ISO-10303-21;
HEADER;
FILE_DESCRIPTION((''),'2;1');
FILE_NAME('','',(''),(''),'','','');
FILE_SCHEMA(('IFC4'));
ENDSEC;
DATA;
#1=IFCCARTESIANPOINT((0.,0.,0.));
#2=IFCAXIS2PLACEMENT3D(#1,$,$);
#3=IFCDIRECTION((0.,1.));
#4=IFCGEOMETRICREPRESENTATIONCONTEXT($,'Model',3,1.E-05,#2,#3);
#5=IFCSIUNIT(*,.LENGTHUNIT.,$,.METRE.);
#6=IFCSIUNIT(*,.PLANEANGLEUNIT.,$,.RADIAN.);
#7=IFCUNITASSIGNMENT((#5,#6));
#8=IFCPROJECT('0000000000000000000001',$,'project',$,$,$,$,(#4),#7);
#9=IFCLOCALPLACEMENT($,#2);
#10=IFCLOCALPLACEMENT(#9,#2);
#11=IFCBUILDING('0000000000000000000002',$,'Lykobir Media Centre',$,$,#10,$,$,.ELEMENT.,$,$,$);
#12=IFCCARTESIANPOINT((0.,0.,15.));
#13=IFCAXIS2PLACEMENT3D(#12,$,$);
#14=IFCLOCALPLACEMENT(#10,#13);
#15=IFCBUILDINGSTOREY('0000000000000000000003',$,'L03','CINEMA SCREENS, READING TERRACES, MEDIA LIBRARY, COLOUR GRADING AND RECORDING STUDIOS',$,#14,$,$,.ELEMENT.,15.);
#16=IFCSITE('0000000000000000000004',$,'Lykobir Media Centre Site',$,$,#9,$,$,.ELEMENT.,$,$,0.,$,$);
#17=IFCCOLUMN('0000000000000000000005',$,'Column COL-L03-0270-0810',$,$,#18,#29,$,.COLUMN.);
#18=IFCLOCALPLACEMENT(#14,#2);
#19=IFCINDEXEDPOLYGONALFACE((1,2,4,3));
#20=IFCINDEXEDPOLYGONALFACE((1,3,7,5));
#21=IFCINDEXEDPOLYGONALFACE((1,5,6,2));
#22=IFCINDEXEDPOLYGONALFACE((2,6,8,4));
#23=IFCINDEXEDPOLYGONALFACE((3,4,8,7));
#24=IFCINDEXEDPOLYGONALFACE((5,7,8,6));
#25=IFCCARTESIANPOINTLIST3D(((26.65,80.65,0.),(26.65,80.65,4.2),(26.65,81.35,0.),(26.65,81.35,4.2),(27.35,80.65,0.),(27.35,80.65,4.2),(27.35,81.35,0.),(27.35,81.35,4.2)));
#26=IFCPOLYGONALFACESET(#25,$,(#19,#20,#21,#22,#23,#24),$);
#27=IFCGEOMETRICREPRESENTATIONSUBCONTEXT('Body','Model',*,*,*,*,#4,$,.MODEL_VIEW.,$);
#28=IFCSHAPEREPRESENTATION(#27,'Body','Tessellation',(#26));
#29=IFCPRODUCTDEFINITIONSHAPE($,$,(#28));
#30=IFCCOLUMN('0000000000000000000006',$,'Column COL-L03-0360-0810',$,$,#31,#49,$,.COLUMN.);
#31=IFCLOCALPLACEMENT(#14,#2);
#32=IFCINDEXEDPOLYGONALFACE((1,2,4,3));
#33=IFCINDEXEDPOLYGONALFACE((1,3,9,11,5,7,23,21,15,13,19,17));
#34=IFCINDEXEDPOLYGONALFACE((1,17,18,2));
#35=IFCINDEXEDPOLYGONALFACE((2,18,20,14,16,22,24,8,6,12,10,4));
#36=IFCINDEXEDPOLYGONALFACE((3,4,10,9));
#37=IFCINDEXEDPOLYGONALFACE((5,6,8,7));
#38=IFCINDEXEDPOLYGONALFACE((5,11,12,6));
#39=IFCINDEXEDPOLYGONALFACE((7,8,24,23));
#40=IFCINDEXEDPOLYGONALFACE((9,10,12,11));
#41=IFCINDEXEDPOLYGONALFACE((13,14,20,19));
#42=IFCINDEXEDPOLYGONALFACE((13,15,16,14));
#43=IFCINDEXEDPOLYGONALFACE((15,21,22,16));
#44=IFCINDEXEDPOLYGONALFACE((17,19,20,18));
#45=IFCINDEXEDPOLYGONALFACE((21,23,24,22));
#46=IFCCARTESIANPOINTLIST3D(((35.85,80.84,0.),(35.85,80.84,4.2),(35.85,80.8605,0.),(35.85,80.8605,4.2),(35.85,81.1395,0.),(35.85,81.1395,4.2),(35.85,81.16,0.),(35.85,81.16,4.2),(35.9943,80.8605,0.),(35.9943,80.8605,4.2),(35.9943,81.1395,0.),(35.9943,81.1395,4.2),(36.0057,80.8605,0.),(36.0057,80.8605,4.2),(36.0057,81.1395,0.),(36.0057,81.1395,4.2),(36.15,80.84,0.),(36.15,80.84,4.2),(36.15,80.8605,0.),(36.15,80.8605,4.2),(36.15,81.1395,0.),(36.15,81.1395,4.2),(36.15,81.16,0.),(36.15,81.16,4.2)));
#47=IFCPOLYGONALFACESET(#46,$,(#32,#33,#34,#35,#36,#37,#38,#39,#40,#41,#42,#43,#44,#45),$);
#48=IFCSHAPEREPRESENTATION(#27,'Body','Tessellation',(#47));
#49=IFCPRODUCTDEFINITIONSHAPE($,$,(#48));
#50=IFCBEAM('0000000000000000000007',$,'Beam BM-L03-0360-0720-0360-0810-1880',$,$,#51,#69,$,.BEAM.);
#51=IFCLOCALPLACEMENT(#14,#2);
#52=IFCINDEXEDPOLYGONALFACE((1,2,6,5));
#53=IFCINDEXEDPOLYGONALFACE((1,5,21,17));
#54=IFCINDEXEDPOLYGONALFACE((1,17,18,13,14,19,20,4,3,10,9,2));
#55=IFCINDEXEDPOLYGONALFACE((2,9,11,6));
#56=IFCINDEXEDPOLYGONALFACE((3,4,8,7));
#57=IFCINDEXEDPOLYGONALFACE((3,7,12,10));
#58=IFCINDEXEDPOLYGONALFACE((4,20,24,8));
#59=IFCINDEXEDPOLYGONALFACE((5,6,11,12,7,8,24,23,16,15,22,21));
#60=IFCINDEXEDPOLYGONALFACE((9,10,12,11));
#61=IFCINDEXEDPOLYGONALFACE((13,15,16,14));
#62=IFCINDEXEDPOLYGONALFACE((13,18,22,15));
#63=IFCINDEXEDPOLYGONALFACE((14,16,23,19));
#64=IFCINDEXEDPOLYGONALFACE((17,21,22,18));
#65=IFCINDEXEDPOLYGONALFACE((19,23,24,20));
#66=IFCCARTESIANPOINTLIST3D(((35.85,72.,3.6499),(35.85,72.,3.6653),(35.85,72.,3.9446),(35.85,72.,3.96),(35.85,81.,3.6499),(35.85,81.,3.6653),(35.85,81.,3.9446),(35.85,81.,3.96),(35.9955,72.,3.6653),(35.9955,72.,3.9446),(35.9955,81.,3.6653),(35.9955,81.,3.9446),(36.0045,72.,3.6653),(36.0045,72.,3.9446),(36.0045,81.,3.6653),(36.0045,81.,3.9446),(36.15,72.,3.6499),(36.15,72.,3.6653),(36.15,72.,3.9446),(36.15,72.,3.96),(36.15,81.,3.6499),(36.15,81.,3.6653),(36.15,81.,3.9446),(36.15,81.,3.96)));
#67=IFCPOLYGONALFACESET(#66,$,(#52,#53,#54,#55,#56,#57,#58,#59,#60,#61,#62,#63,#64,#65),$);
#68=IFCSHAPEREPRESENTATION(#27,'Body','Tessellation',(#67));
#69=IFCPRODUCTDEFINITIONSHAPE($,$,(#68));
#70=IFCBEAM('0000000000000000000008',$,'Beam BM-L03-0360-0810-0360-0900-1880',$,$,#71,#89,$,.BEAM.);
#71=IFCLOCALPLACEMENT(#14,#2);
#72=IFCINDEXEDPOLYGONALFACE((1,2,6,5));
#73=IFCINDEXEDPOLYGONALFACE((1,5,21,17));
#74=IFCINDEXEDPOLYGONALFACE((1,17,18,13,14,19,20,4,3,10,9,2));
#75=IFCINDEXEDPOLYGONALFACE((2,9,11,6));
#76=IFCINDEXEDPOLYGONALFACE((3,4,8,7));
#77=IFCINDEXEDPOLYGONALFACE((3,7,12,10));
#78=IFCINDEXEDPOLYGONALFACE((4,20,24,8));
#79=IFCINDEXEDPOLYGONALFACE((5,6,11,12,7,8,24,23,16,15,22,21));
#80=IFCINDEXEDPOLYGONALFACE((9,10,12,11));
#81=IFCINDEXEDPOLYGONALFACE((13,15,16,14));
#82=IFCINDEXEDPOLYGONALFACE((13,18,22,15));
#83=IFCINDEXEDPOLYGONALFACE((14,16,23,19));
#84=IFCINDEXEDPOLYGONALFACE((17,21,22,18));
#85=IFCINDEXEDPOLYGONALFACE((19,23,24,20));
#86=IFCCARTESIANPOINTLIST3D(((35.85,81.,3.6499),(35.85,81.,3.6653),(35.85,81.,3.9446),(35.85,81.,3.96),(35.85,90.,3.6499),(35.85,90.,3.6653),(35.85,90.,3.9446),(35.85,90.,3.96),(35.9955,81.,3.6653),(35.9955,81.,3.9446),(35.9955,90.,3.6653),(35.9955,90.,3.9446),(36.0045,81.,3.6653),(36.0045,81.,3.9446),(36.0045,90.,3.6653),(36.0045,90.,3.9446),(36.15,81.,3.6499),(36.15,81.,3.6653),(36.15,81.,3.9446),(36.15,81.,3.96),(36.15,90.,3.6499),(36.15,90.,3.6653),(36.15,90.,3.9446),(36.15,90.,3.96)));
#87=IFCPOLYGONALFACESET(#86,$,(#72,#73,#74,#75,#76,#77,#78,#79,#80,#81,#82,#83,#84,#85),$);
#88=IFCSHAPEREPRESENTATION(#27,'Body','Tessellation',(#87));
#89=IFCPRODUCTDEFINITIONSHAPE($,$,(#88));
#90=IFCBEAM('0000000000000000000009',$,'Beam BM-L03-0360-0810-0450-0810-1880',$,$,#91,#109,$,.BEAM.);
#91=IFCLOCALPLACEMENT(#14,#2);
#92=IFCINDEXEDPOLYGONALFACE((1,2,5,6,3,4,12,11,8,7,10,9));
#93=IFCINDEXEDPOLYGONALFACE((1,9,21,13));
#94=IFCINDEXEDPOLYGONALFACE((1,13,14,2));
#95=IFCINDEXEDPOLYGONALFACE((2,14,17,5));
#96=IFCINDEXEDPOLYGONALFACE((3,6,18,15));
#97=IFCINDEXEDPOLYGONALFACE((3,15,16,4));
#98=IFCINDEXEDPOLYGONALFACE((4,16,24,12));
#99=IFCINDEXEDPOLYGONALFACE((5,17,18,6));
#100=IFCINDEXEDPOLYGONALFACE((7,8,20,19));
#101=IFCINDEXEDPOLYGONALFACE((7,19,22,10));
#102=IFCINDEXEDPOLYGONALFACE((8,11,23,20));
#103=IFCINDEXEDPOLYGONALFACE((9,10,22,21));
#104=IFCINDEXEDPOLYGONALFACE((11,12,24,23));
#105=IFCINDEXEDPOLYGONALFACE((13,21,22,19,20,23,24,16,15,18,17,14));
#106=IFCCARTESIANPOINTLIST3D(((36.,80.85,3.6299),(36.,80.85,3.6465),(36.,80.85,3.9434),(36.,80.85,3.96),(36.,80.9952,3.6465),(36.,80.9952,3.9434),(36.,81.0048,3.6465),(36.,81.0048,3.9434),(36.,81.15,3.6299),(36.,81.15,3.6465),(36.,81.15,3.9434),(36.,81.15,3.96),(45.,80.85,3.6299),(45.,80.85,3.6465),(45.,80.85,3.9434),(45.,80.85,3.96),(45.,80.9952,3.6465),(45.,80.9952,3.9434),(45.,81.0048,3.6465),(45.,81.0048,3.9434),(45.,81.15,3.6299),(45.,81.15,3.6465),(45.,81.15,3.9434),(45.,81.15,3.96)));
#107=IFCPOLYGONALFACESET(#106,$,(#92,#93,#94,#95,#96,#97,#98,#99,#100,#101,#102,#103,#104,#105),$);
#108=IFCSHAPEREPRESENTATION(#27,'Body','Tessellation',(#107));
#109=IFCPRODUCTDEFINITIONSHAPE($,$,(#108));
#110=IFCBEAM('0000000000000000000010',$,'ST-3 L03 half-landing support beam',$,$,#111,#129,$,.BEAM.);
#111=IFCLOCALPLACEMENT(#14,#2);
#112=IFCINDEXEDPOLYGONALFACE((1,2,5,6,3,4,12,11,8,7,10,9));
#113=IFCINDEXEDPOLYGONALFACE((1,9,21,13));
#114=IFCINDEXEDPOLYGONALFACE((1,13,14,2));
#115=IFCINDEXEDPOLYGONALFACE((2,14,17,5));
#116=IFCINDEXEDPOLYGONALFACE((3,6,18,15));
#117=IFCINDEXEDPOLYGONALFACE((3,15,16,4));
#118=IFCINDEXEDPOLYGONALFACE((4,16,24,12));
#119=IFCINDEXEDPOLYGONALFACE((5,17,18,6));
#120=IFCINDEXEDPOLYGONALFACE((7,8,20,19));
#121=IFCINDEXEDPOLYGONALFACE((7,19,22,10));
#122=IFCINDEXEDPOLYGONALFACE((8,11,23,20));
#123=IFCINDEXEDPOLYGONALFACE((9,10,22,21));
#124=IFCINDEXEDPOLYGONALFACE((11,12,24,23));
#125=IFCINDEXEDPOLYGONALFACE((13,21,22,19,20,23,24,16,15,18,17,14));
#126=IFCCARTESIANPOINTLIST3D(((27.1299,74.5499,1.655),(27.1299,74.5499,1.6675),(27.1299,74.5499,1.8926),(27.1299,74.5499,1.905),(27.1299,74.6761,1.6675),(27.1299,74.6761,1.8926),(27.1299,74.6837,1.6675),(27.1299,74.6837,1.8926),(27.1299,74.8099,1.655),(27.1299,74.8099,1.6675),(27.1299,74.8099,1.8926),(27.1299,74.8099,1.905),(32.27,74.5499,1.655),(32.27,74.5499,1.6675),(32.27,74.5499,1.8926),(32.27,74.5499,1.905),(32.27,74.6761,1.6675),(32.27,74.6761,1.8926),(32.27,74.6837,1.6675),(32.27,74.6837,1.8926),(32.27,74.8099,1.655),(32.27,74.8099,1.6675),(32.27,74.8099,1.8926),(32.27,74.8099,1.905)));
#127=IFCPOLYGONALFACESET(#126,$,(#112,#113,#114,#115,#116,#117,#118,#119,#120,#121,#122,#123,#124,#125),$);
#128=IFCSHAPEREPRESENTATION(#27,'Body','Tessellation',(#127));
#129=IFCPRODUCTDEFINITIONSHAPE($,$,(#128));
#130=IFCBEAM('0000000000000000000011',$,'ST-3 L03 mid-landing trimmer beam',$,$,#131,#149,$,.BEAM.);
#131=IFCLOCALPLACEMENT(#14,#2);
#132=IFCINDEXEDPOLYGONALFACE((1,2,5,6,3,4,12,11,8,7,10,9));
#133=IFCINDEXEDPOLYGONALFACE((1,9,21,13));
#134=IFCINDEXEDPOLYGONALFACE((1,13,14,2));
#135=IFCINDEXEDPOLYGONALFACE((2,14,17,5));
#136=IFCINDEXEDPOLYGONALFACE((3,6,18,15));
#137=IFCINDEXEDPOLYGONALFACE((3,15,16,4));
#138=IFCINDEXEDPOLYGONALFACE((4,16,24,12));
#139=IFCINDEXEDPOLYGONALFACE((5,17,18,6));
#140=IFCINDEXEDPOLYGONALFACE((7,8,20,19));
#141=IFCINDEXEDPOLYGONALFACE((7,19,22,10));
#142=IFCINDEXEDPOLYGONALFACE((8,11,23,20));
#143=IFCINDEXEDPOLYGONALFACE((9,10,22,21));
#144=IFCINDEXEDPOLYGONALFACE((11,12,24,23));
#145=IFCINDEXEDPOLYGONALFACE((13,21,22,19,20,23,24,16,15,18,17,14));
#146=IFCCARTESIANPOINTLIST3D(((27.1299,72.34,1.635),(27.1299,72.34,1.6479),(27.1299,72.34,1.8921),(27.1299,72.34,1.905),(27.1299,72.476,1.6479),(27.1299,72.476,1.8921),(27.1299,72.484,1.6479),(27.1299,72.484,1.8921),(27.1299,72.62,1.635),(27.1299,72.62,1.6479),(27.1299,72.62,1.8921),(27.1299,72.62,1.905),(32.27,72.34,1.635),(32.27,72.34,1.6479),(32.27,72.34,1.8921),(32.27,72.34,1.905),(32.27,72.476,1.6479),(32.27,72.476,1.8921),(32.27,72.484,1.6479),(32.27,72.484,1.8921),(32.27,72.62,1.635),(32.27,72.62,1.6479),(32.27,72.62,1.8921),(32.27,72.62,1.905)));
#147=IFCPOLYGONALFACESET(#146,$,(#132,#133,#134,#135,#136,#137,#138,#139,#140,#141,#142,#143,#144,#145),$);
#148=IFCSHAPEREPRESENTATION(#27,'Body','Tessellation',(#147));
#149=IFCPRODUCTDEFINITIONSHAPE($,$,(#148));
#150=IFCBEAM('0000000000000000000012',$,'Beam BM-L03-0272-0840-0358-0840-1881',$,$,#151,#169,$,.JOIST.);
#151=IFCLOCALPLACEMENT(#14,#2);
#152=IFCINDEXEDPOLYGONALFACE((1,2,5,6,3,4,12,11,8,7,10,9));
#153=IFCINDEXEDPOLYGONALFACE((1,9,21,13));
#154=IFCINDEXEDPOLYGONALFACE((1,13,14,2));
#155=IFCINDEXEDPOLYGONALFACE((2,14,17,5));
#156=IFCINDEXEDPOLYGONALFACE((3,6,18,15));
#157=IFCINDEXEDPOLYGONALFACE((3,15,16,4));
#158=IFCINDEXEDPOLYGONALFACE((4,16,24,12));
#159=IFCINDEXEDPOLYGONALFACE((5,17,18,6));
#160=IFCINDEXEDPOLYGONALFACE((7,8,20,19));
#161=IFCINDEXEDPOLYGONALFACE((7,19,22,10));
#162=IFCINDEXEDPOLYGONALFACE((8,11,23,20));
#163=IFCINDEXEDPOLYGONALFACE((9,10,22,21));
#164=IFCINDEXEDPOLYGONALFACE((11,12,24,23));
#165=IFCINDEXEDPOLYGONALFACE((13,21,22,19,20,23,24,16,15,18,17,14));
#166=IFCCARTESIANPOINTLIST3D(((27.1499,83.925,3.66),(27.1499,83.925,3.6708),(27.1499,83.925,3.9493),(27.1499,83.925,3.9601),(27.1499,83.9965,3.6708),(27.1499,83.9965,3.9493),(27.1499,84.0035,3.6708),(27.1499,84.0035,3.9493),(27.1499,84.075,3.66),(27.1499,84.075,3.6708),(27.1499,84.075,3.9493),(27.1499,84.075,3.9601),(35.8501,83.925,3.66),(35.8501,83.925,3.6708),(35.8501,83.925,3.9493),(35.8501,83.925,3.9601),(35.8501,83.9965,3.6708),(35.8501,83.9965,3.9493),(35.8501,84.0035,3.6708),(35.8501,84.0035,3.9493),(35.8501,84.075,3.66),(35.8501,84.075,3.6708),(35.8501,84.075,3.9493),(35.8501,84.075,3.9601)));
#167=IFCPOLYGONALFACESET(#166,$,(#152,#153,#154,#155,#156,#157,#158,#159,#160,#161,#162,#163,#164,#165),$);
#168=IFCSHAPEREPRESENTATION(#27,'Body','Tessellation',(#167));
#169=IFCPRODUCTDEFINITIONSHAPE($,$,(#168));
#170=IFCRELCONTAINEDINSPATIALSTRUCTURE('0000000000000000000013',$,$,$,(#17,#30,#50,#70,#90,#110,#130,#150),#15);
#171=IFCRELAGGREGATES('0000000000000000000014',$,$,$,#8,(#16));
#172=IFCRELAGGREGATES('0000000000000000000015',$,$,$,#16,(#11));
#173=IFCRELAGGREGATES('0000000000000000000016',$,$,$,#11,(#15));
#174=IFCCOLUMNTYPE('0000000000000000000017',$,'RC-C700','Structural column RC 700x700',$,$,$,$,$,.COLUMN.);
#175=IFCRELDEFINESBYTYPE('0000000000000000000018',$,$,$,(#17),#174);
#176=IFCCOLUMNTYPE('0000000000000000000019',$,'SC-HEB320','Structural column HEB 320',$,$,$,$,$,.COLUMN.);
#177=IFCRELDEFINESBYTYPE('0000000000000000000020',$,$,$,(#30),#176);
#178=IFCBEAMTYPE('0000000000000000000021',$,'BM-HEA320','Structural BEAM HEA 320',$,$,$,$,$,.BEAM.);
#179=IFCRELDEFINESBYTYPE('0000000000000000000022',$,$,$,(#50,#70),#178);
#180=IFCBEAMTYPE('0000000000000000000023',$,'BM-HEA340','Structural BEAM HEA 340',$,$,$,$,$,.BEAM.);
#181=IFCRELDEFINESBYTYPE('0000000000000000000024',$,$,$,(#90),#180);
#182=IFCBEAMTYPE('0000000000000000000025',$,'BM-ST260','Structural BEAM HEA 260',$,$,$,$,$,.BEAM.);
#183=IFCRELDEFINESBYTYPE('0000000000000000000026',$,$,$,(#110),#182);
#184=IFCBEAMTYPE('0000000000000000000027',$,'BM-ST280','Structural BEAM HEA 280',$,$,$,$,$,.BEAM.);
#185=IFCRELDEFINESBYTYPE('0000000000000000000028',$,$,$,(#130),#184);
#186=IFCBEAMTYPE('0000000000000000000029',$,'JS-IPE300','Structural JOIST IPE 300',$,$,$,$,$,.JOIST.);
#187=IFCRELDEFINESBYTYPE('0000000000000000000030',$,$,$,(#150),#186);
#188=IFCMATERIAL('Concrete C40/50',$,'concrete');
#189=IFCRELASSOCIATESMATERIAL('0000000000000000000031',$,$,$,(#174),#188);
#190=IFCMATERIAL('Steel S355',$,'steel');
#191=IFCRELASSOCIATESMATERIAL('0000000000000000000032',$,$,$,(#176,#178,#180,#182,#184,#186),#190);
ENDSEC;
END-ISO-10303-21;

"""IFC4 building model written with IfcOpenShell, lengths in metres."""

from ifc_helpers import new_model, si_unit, direction, frame, origin, origin_2d, place, context, subcontext, project, spatial, rectangle, i_section, extrude, material, material_profile, profile_set, type_object, element, save


model = new_model("IFC4")

# Units and contexts
model_context = context("Model", 3, precision=1e-05, world=origin(), true_north=direction((0.0, 1.0)))
body_context = subcontext(model_context, "Body", "Model", "MODEL_VIEW")
ifc_project = project(units=[si_unit("LENGTHUNIT", "METRE"), si_unit("PLANEANGLEUNIT", "RADIAN")], contexts=[model_context])

# Site, building, storey
site_placement = place(None, origin())
site = spatial("IfcSite", under=ifc_project, at=site_placement, Name="Lykobir Media Centre Site", CompositionType="ELEMENT", RefElevation=0.0)
building_placement = place(site_placement, origin())
building = spatial("IfcBuilding", under=site, at=building_placement, Name="Lykobir Media Centre", CompositionType="ELEMENT")
storey_placement = place(building_placement, frame((0.0, 0.0, 15.0)))
storey = spatial("IfcBuildingStorey", under=building, at=storey_placement, Name="L03", Description="CINEMA SCREENS, READING TERRACES, MEDIA LIBRARY, COLOUR GRADING AND RECORDING STUDIOS", CompositionType="ELEMENT", Elevation=15.0)

# Columns
ifc_material_1 = material(Name="Concrete C40/50", Category="concrete")
ifc_material_profile_1 = material_profile(ifc_material_1, rectangle(XDim=0.7, YDim=0.7, at=origin_2d()), Name="RC 700x700")
ifc_profile_set_1 = profile_set([ifc_material_profile_1], Name="Concrete C40/50")
column_type_1 = type_object("IfcColumnType", Name="RC-C700", Description="Structural column RC 700x700", PredefinedType="COLUMN", material=ifc_profile_set_1)
column_1_placement = place(storey_placement, frame((27.0, 81.0, 0.0), z_axis=(0.0, 0.0, 1.0), x_axis=(1.0, 0.0, 0.0)))
element("IfcColumn", 1, at=column_1_placement, inside=storey, type_object=column_type_1, Name="Column COL-L03-0270-0810", PredefinedType="COLUMN", context=body_context, shape_type="SweptSolid", body=[
    extrude(rectangle(XDim=0.7, YDim=0.7, at=origin_2d()), origin(), (0.0, 0.0, 1.0), 4.2),
])
ifc_material_2 = material(Name="Steel S355", Category="steel")
ifc_material_profile_2 = material_profile(ifc_material_2, i_section(OverallWidth=0.3, OverallDepth=0.3201, WebThickness=0.0115, FlangeThickness=0.0205, at=origin_2d()), Name="HEB 320")
ifc_profile_set_2 = profile_set([ifc_material_profile_2], Name="Steel S355")
column_type_2 = type_object("IfcColumnType", Name="SC-HEB320", Description="Structural column HEB 320", PredefinedType="COLUMN", material=ifc_profile_set_2)
column_2_placement = place(storey_placement, frame((36.0, 81.0, 0.0), z_axis=(0.0, 0.0, 1.0), x_axis=(1.0, 0.0, 0.0)))
element("IfcColumn", 2, at=column_2_placement, inside=storey, type_object=column_type_2, Name="Column COL-L03-0360-0810", PredefinedType="COLUMN", context=body_context, shape_type="SweptSolid", body=[
    extrude(i_section(OverallWidth=0.3, OverallDepth=0.3201, WebThickness=0.0115, FlangeThickness=0.0205, at=origin_2d()), origin(), (0.0, 0.0, 1.0), 4.2),
])

# Beams
ifc_material_profile_3 = material_profile(ifc_material_2, i_section(OverallWidth=0.3, OverallDepth=0.3101, WebThickness=0.009, FlangeThickness=0.0154, at=origin_2d()), Name="HEA 320")
ifc_profile_set_3 = profile_set([ifc_material_profile_3], Name="Steel S355")
beam_type_1 = type_object("IfcBeamType", Name="BM-HEA320", Description="Structural BEAM HEA 320", PredefinedType="BEAM", material=ifc_profile_set_3)
for number, where, z_axis, x_axis, name in (
    (3, (36.0, 72.0, 3.8049), (0.0, 1.0, 0.0), (-1.0, 0.0, 0.0), "Beam BM-L03-0360-0720-0360-0810-1880"),
    (4, (36.0, 81.0, 3.8049), (0.0, 1.0, 0.0), (-1.0, 0.0, 0.0), "Beam BM-L03-0360-0810-0360-0900-1880"),
):
    element("IfcBeam", number, at=place(storey_placement, frame(where, z_axis=z_axis, x_axis=x_axis)), inside=storey, type_object=beam_type_1, Name=name, PredefinedType="BEAM", context=body_context, shape_type="SweptSolid", body=[
        extrude(i_section(OverallWidth=0.3, OverallDepth=0.3101, WebThickness=0.009, FlangeThickness=0.0154, at=origin_2d()), origin(), (0.0, 0.0, 1.0), 9.0),
    ])
ifc_material_profile_4 = material_profile(ifc_material_2, i_section(OverallWidth=0.3, OverallDepth=0.3301, WebThickness=0.0095, FlangeThickness=0.0166, at=origin_2d()), Name="HEA 340")
ifc_profile_set_4 = profile_set([ifc_material_profile_4], Name="Steel S355")
beam_type_2 = type_object("IfcBeamType", Name="BM-HEA340", Description="Structural BEAM HEA 340", PredefinedType="BEAM", material=ifc_profile_set_4)
beam_1_placement = place(storey_placement, frame((36.0, 81.0, 3.7949), z_axis=(1.0, 0.0, 0.0), x_axis=(0.0, 1.0, 0.0)))
element("IfcBeam", 5, at=beam_1_placement, inside=storey, type_object=beam_type_2, Name="Beam BM-L03-0360-0810-0450-0810-1880", PredefinedType="BEAM", context=body_context, shape_type="SweptSolid", body=[
    extrude(i_section(OverallWidth=0.3, OverallDepth=0.3301, WebThickness=0.0095, FlangeThickness=0.0166, at=origin_2d()), origin(), (0.0, 0.0, 1.0), 9.0),
])
ifc_material_profile_5 = material_profile(ifc_material_2, i_section(OverallWidth=0.26, OverallDepth=0.25, WebThickness=0.0076, FlangeThickness=0.0125, at=origin_2d()), Name="HEA 260")
ifc_profile_set_5 = profile_set([ifc_material_profile_5], Name="Steel S355")
beam_type_3 = type_object("IfcBeamType", Name="BM-ST260", Description="Structural BEAM HEA 260", PredefinedType="BEAM", material=ifc_profile_set_5)
beam_2_placement = place(storey_placement, frame((27.1299, 74.6799, 1.78), z_axis=(1.0, 0.0, 0.0), x_axis=(0.0, 1.0, 0.0)))
element("IfcBeam", 6, at=beam_2_placement, inside=storey, type_object=beam_type_3, Name="ST-3 L03 half-landing support beam", PredefinedType="BEAM", context=body_context, shape_type="SweptSolid", body=[
    extrude(i_section(OverallWidth=0.26, OverallDepth=0.25, WebThickness=0.0076, FlangeThickness=0.0125, at=origin_2d()), origin(), (0.0, 0.0, 1.0), 5.1401),
])
ifc_material_profile_6 = material_profile(ifc_material_2, i_section(OverallWidth=0.28, OverallDepth=0.27, WebThickness=0.0081, FlangeThickness=0.0129, at=origin_2d()), Name="HEA 280")
ifc_profile_set_6 = profile_set([ifc_material_profile_6], Name="Steel S355")
beam_type_4 = type_object("IfcBeamType", Name="BM-ST280", Description="Structural BEAM HEA 280", PredefinedType="BEAM", material=ifc_profile_set_6)
beam_3_placement = place(storey_placement, frame((27.1299, 72.48, 1.77), z_axis=(1.0, 0.0, 0.0), x_axis=(0.0, 1.0, 0.0)))
element("IfcBeam", 7, at=beam_3_placement, inside=storey, type_object=beam_type_4, Name="ST-3 L03 mid-landing trimmer beam", PredefinedType="BEAM", context=body_context, shape_type="SweptSolid", body=[
    extrude(i_section(OverallWidth=0.28, OverallDepth=0.27, WebThickness=0.0081, FlangeThickness=0.0129, at=origin_2d()), origin(), (0.0, 0.0, 1.0), 5.1401),
])
ifc_material_profile_7 = material_profile(ifc_material_2, i_section(OverallWidth=0.1499, OverallDepth=0.3, WebThickness=0.0071, FlangeThickness=0.0107, at=origin_2d()), Name="IPE 300")
ifc_profile_set_7 = profile_set([ifc_material_profile_7], Name="Steel S355")
beam_type_5 = type_object("IfcBeamType", Name="JS-IPE300", Description="Structural JOIST IPE 300", PredefinedType="JOIST", material=ifc_profile_set_7)
for number, where, z_axis, x_axis, name in (
    (8, (27.1499, 84.0, 3.8101), (1.0, 0.0, 0.0), (0.0, 1.0, 0.0), "Beam BM-L03-0272-0840-0358-0840-1881"),
):
    element("IfcBeam", number, at=place(storey_placement, frame(where, z_axis=z_axis, x_axis=x_axis)), inside=storey, type_object=beam_type_5, Name=name, PredefinedType="JOIST", context=body_context, shape_type="SweptSolid", body=[
        extrude(i_section(OverallWidth=0.1499, OverallDepth=0.3, WebThickness=0.0071, FlangeThickness=0.0107, at=origin_2d()), origin(), (0.0, 0.0, 1.0), 8.7002),
    ])

save(model, "model.ifc")
